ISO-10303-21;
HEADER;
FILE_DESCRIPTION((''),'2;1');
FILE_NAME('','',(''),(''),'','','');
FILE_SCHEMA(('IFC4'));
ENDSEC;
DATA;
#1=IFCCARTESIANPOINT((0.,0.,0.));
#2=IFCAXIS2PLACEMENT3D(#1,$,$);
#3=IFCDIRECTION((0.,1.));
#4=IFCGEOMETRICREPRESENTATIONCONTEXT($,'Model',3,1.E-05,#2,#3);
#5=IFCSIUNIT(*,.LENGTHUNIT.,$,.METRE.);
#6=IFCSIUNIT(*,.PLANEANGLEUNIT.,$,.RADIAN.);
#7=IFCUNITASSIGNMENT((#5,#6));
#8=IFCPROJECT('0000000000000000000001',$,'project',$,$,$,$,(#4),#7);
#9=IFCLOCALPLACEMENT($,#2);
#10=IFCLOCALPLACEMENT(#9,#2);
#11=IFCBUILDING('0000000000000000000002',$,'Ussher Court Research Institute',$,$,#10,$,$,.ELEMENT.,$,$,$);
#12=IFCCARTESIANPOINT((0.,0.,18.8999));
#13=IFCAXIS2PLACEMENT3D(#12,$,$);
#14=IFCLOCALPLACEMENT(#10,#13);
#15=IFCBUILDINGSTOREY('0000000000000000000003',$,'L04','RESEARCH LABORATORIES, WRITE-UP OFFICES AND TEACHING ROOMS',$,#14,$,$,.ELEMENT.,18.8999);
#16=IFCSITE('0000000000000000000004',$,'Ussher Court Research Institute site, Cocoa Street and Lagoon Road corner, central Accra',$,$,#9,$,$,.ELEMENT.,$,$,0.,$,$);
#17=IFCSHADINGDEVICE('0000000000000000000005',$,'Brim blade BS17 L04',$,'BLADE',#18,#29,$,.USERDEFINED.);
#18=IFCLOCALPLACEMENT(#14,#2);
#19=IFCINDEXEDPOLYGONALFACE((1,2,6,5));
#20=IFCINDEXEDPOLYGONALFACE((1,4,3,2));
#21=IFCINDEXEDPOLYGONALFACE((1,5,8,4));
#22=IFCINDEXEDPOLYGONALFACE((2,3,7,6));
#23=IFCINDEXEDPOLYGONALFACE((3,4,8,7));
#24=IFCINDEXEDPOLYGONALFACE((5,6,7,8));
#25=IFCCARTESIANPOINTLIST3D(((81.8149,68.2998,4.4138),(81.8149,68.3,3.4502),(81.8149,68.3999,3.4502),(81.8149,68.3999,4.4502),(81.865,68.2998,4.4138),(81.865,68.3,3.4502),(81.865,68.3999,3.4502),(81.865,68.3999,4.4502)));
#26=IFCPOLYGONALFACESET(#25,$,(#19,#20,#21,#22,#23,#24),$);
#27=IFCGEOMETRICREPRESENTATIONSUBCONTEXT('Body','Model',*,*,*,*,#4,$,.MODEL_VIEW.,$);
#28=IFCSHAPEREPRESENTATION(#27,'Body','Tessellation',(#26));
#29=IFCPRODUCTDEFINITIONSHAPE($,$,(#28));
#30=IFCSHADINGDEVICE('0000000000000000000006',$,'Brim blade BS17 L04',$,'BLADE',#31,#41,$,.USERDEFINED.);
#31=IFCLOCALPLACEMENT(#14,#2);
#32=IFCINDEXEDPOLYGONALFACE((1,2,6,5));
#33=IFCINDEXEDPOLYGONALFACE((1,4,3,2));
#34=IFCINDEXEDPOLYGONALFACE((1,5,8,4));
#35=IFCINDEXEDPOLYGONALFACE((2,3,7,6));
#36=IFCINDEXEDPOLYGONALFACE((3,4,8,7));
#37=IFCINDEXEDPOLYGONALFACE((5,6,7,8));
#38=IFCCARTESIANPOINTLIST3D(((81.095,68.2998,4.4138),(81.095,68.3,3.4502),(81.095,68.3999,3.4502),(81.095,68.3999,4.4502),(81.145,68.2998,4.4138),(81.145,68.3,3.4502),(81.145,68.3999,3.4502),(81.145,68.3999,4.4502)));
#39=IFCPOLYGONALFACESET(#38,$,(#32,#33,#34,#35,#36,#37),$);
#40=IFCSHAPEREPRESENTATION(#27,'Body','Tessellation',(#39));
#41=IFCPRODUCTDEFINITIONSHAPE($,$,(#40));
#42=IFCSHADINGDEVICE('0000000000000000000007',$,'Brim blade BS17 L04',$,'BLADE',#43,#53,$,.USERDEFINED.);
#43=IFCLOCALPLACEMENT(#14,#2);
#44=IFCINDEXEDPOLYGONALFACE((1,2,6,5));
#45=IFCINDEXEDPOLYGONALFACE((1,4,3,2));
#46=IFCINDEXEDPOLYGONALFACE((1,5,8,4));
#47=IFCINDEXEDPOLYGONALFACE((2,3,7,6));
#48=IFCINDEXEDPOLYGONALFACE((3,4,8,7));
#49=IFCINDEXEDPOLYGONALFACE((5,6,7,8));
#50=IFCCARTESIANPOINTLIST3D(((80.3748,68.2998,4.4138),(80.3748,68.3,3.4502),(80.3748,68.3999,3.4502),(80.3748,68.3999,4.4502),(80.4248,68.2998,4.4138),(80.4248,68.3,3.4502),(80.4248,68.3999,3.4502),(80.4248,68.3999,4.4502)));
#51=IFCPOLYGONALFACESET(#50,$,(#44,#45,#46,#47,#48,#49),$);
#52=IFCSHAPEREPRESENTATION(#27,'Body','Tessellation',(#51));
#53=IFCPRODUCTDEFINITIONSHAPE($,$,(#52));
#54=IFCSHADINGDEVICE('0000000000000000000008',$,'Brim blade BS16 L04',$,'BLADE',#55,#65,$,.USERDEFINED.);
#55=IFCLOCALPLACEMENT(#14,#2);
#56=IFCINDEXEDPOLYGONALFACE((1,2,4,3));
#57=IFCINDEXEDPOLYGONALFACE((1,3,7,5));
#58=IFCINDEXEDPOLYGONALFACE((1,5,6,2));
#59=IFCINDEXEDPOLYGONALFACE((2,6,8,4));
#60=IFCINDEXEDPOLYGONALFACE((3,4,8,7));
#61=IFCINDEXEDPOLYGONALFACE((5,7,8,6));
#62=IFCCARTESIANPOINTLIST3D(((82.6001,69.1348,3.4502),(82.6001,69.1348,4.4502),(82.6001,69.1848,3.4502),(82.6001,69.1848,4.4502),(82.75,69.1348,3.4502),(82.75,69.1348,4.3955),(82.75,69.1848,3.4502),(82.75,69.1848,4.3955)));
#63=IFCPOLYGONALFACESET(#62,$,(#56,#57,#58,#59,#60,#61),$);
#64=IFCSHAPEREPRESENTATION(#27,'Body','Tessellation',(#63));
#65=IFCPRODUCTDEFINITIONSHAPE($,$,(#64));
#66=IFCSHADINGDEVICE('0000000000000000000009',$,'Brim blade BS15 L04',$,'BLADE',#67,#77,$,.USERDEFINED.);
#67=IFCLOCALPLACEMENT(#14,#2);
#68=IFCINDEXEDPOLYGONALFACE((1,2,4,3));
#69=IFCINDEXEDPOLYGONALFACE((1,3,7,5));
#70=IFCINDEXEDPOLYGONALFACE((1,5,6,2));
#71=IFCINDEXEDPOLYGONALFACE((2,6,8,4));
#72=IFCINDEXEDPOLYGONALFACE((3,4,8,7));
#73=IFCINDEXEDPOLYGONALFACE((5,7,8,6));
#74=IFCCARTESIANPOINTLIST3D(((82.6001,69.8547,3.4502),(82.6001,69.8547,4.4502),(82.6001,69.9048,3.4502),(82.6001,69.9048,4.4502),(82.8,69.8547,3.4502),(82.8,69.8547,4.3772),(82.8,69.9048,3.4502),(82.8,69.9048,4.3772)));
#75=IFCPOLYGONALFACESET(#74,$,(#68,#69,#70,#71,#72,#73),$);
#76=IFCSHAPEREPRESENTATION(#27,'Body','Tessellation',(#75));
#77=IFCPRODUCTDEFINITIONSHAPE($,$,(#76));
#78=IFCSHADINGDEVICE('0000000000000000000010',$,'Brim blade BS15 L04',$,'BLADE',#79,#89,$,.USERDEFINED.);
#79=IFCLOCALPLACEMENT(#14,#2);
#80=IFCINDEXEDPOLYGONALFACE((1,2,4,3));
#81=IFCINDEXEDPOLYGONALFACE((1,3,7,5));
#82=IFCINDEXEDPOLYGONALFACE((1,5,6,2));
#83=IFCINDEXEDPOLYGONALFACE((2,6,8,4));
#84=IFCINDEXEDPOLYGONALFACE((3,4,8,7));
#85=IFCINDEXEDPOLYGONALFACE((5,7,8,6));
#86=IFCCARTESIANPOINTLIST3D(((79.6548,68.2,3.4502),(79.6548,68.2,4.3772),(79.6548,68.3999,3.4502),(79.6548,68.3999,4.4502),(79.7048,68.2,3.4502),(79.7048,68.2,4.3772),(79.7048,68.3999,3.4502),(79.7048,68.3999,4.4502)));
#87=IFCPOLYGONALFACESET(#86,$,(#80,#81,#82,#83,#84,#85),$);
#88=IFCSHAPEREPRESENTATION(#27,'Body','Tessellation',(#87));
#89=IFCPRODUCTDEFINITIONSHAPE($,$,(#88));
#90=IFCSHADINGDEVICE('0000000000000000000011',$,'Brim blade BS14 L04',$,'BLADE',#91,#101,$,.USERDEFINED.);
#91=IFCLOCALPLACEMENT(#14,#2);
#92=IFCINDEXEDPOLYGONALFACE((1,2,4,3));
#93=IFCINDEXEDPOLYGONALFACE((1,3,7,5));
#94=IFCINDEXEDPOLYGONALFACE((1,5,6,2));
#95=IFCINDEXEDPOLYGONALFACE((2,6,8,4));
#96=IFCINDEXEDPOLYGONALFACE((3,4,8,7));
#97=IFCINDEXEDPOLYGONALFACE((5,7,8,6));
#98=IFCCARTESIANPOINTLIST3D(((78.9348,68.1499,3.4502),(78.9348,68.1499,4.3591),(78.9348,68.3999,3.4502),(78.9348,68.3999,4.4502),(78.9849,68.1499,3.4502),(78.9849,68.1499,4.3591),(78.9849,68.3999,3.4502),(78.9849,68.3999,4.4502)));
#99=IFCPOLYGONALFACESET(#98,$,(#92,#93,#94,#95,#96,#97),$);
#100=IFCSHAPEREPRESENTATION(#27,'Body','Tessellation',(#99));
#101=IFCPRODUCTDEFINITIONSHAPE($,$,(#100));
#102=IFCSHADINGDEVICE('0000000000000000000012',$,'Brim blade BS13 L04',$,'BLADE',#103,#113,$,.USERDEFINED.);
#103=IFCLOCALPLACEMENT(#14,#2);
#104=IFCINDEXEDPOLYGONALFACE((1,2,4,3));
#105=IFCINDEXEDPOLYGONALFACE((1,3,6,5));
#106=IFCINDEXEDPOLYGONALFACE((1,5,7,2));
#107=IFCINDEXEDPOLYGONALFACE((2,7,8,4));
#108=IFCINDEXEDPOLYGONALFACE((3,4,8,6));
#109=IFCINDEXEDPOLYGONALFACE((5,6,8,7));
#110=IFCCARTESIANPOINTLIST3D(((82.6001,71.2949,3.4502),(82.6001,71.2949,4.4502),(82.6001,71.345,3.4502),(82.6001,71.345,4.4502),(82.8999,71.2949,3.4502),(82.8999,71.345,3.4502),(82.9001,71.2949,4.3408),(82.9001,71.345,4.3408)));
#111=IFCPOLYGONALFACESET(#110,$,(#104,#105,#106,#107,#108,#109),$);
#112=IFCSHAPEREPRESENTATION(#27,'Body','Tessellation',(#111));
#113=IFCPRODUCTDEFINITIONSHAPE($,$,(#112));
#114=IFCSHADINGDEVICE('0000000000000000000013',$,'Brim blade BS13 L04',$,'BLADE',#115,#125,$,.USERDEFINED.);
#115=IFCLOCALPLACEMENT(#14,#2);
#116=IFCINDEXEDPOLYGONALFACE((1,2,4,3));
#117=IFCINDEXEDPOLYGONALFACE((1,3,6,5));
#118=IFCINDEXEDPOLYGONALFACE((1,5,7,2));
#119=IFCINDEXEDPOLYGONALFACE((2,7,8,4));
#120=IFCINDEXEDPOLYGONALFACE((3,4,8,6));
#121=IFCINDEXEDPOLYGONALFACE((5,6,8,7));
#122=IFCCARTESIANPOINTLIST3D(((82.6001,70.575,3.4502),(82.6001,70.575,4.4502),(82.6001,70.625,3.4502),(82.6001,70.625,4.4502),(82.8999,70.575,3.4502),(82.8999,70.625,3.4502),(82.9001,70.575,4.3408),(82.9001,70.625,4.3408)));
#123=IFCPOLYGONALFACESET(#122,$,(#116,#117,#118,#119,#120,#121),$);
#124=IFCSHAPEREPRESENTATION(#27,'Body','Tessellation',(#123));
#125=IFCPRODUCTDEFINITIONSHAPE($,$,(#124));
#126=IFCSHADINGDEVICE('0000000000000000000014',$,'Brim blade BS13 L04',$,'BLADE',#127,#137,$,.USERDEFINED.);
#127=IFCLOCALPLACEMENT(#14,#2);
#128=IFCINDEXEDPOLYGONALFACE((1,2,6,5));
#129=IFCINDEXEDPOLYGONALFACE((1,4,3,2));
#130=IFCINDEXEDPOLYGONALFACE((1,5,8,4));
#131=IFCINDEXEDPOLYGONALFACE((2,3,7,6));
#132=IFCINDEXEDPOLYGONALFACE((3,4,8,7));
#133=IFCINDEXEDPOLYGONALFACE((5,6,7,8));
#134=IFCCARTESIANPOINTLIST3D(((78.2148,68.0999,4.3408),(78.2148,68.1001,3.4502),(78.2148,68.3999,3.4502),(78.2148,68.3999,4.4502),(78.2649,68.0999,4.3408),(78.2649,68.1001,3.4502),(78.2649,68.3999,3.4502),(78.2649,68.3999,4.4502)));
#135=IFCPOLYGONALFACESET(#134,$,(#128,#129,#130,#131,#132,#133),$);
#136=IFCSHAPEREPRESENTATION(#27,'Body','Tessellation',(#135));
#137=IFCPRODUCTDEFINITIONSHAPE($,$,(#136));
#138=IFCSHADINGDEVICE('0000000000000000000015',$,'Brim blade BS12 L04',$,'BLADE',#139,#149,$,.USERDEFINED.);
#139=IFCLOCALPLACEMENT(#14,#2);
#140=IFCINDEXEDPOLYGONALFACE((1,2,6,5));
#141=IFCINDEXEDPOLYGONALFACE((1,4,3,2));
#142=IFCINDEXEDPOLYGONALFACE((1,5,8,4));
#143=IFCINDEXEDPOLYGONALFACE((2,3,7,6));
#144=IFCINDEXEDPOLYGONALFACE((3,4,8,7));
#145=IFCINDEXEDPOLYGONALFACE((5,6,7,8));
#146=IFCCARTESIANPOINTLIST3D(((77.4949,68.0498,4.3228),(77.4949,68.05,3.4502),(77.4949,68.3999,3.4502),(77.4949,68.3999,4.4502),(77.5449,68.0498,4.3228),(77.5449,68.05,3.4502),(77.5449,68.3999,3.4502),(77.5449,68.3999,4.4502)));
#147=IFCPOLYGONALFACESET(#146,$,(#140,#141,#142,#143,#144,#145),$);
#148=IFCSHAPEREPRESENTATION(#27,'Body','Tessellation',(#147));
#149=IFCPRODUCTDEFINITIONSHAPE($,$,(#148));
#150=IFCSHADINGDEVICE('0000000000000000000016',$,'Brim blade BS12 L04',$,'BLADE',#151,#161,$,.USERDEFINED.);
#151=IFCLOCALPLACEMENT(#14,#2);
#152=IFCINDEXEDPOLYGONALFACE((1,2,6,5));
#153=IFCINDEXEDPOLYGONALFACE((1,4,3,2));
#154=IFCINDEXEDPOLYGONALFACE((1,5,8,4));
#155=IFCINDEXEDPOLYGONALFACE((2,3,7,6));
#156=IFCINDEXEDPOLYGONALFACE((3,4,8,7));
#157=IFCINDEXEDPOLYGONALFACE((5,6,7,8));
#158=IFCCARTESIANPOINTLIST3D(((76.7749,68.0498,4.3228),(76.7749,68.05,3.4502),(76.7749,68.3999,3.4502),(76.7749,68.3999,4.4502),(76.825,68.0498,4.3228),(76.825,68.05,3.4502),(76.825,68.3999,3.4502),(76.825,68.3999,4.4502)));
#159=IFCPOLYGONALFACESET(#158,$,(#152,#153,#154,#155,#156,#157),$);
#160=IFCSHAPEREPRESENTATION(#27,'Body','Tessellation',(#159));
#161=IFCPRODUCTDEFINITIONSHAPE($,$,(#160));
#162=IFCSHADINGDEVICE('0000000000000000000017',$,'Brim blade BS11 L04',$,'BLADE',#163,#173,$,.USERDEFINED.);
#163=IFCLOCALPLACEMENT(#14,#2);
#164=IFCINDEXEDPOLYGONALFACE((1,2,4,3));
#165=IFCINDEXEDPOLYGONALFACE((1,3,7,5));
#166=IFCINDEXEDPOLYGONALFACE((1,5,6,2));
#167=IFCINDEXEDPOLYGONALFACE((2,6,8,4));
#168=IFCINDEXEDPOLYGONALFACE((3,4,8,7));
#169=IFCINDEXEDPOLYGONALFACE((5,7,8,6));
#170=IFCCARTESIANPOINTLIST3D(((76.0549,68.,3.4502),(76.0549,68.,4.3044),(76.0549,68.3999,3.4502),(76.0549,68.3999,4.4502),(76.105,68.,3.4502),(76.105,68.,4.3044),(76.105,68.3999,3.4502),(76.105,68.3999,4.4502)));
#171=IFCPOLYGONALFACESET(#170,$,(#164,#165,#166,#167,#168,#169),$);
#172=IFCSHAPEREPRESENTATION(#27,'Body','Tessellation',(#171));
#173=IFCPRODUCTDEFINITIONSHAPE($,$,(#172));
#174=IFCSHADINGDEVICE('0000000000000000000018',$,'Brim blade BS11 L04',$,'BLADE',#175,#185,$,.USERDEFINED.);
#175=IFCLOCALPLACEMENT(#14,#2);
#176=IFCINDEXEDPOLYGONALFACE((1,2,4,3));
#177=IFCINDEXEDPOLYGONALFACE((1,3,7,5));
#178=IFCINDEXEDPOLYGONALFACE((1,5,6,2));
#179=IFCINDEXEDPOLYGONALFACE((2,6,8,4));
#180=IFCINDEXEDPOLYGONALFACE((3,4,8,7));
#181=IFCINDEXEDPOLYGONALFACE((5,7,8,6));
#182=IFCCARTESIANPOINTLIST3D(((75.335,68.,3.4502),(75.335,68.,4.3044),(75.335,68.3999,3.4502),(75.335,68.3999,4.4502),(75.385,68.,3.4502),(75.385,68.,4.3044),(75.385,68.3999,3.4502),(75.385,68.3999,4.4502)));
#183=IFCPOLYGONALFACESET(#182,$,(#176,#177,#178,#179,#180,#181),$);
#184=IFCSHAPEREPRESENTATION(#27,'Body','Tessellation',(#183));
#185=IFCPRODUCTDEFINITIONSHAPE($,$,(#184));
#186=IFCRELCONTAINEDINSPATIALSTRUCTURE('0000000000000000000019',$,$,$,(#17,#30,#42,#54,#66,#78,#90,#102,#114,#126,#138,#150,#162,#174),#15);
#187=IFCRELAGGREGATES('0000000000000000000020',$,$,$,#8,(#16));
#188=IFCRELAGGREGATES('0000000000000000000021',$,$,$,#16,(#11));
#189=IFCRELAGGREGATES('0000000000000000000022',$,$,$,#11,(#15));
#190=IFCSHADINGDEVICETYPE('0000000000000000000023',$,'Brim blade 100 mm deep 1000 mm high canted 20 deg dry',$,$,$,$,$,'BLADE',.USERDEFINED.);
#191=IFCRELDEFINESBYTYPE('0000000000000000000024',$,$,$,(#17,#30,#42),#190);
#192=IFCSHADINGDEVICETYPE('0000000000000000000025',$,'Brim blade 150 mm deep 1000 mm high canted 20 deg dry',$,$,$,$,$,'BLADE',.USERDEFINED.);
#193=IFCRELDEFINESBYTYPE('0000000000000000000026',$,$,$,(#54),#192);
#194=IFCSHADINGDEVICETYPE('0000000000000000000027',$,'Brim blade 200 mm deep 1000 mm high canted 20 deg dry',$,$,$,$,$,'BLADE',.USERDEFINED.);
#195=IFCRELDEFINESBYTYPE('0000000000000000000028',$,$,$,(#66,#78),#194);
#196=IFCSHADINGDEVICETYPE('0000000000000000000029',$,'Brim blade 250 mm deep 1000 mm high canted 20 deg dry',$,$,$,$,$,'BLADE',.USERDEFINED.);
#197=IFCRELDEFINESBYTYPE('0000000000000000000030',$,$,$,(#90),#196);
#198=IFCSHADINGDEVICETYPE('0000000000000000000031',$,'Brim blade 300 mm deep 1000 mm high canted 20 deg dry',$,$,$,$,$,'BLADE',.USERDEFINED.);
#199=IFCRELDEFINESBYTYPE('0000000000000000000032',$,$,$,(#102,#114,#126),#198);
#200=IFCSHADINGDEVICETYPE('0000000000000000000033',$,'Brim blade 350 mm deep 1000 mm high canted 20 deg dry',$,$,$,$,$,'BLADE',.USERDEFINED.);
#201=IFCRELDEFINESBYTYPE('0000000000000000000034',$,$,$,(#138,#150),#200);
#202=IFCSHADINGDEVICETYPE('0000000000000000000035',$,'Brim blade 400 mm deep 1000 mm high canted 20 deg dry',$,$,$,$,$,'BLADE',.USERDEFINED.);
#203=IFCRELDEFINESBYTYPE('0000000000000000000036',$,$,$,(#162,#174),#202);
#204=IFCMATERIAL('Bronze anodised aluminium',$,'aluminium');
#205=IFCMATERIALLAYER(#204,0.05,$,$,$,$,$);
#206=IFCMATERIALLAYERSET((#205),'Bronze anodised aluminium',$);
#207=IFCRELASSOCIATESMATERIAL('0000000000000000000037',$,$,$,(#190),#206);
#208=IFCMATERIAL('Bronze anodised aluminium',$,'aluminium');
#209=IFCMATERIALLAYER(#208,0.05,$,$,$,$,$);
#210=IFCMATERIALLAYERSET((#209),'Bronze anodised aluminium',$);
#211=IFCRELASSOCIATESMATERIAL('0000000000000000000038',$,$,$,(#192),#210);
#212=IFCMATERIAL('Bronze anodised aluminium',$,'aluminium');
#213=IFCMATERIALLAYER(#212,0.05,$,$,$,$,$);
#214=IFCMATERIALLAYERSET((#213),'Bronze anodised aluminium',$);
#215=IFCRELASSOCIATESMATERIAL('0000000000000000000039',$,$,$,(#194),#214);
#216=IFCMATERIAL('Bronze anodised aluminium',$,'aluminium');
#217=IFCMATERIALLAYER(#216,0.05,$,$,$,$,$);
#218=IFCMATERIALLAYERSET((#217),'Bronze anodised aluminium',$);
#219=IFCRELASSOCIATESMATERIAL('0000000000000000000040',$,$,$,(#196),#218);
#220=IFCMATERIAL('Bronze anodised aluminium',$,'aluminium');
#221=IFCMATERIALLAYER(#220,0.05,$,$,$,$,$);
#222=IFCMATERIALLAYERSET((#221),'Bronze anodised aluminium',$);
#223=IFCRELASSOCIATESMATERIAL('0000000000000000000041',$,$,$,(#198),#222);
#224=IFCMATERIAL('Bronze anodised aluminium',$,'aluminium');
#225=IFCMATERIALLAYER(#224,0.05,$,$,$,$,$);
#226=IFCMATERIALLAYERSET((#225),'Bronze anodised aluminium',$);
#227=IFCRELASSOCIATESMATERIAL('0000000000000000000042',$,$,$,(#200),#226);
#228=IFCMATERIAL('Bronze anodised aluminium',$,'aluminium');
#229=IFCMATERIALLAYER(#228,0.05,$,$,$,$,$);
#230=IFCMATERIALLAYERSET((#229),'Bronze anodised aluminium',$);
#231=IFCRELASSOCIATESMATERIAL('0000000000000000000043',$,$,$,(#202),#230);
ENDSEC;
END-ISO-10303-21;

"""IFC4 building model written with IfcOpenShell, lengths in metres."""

from ifc_helpers import new_model, si_unit, direction, frame, origin, place, context, subcontext, project, spatial, polyline, outline, extrude, material, layer, layer_set, type_object, element, save


model = new_model("IFC4")

# Units and contexts
model_context = context("Model", 3, precision=1e-05, world=origin(), true_north=direction((0.0, 1.0)))
body_context = subcontext(model_context, "Body", "Model", "MODEL_VIEW")
ifc_project = project(units=[si_unit("LENGTHUNIT", "METRE"), si_unit("PLANEANGLEUNIT", "RADIAN")], contexts=[model_context])

# Site, building, storey
site_placement = place(None, origin())
site = spatial("IfcSite", under=ifc_project, at=site_placement, Name="Ussher Court Research Institute site, Cocoa Street and Lagoon Road corner, central Accra", CompositionType="ELEMENT", RefElevation=0.0)
building_placement = place(site_placement, origin())
building = spatial("IfcBuilding", under=site, at=building_placement, Name="Ussher Court Research Institute", CompositionType="ELEMENT")
storey_placement = place(building_placement, frame((0.0, 0.0, 18.8999)))
storey = spatial("IfcBuildingStorey", under=building, at=storey_placement, Name="L04", Description="RESEARCH LABORATORIES, WRITE-UP OFFICES AND TEACHING ROOMS", CompositionType="ELEMENT", Elevation=18.8999)

# Shading devices
ifc_material_1 = material(Name="Bronze anodised aluminium", Category="aluminium")
ifc_layer_1 = layer(ifc_material_1, 0.05)
ifc_layer_set_1 = layer_set([ifc_layer_1], Name="Bronze anodised aluminium")
shading_device_type_1 = type_object("IfcShadingDeviceType", Name="Brim blade 100 mm deep 1000 mm high canted 20 deg dry", ElementType="BLADE", PredefinedType="USERDEFINED", material=ifc_layer_set_1)
for number, where, z_axis, x_axis, name in (
    (1, (81.8401, 68.3999, 3.4502), (0.0, 0.0, 1.0), (0.0, -1.0, 0.0), "Brim blade BS17 L04"),
    (2, (81.1201, 68.3999, 3.4502), (0.0, 0.0, 1.0), (0.0, -1.0, 0.0), "Brim blade BS17 L04"),
    (3, (80.3999, 68.3999, 3.4502), (0.0, 0.0, 1.0), (0.0, -1.0, 0.0), "Brim blade BS17 L04"),
):
    element("IfcShadingDevice", number, at=place(storey_placement, frame(where, z_axis=z_axis, x_axis=x_axis)), inside=storey, type_object=shading_device_type_1, Name=name, ObjectType="BLADE", PredefinedType="USERDEFINED", context=body_context, shape_type="SweptSolid", body=[
        extrude(outline(polyline([(0.0, 0.0), (0.0999, 0.0), (0.1001, 0.9636), (0.0, 1.0), (0.0, 0.0)])), frame((0.0, 0.0249, 0.0), z_axis=(0.0, -1.0, 0.0), x_axis=(1.0, 0.0, 0.0)), (0.0, 0.0, 1.0), 0.05),
    ])
ifc_material_2 = material(Name="Bronze anodised aluminium", Category="aluminium")
ifc_layer_2 = layer(ifc_material_2, 0.05)
ifc_layer_set_2 = layer_set([ifc_layer_2], Name="Bronze anodised aluminium")
shading_device_type_2 = type_object("IfcShadingDeviceType", Name="Brim blade 150 mm deep 1000 mm high canted 20 deg dry", ElementType="BLADE", PredefinedType="USERDEFINED", material=ifc_layer_set_2)
shading_device_1_placement = place(storey_placement, frame((82.6001, 69.1599, 3.4502), z_axis=(0.0, 0.0, 1.0), x_axis=(1.0, 0.0, 0.0)))
element("IfcShadingDevice", 4, at=shading_device_1_placement, inside=storey, type_object=shading_device_type_2, Name="Brim blade BS16 L04", ObjectType="BLADE", PredefinedType="USERDEFINED", context=body_context, shape_type="SweptSolid", body=[
    extrude(outline(polyline([(0.0, 0.0), (0.1499, 0.0), (0.1499, 0.9453), (0.0, 1.0), (0.0, 0.0)])), frame((0.0, 0.0249, 0.0), z_axis=(0.0, -1.0, 0.0), x_axis=(1.0, 0.0, 0.0)), (0.0, 0.0, 1.0), 0.05),
])
ifc_material_3 = material(Name="Bronze anodised aluminium", Category="aluminium")
ifc_layer_3 = layer(ifc_material_3, 0.05)
ifc_layer_set_3 = layer_set([ifc_layer_3], Name="Bronze anodised aluminium")
shading_device_type_3 = type_object("IfcShadingDeviceType", Name="Brim blade 200 mm deep 1000 mm high canted 20 deg dry", ElementType="BLADE", PredefinedType="USERDEFINED", material=ifc_layer_set_3)
for number, where, z_axis, x_axis, name in (
    (5, (82.6001, 69.8799, 3.4502), (0.0, 0.0, 1.0), (1.0, 0.0, 0.0), "Brim blade BS15 L04"),
    (6, (79.6799, 68.3999, 3.4502), (0.0, 0.0, 1.0), (0.0, -1.0, 0.0), "Brim blade BS15 L04"),
):
    element("IfcShadingDevice", number, at=place(storey_placement, frame(where, z_axis=z_axis, x_axis=x_axis)), inside=storey, type_object=shading_device_type_3, Name=name, ObjectType="BLADE", PredefinedType="USERDEFINED", context=body_context, shape_type="SweptSolid", body=[
        extrude(outline(polyline([(0.0, 0.0), (0.2, 0.0), (0.2, 0.927), (0.0, 1.0), (0.0, 0.0)])), frame((0.0, 0.0249, 0.0), z_axis=(0.0, -1.0, 0.0), x_axis=(1.0, 0.0, 0.0)), (0.0, 0.0, 1.0), 0.05),
    ])
ifc_material_4 = material(Name="Bronze anodised aluminium", Category="aluminium")
ifc_layer_4 = layer(ifc_material_4, 0.05)
ifc_layer_set_4 = layer_set([ifc_layer_4], Name="Bronze anodised aluminium")
shading_device_type_4 = type_object("IfcShadingDeviceType", Name="Brim blade 250 mm deep 1000 mm high canted 20 deg dry", ElementType="BLADE", PredefinedType="USERDEFINED", material=ifc_layer_set_4)
shading_device_2_placement = place(storey_placement, frame((78.96, 68.3999, 3.4502), z_axis=(0.0, 0.0, 1.0), x_axis=(0.0, -1.0, 0.0)))
element("IfcShadingDevice", 7, at=shading_device_2_placement, inside=storey, type_object=shading_device_type_4, Name="Brim blade BS14 L04", ObjectType="BLADE", PredefinedType="USERDEFINED", context=body_context, shape_type="SweptSolid", body=[
    extrude(outline(polyline([(0.0, 0.0), (0.25, 0.0), (0.25, 0.9089), (0.0, 1.0), (0.0, 0.0)])), frame((0.0, 0.0249, 0.0), z_axis=(0.0, -1.0, 0.0), x_axis=(1.0, 0.0, 0.0)), (0.0, 0.0, 1.0), 0.05),
])
ifc_material_5 = material(Name="Bronze anodised aluminium", Category="aluminium")
ifc_layer_5 = layer(ifc_material_5, 0.05)
ifc_layer_set_5 = layer_set([ifc_layer_5], Name="Bronze anodised aluminium")
shading_device_type_5 = type_object("IfcShadingDeviceType", Name="Brim blade 300 mm deep 1000 mm high canted 20 deg dry", ElementType="BLADE", PredefinedType="USERDEFINED", material=ifc_layer_set_5)
for number, where, z_axis, x_axis, name in (
    (8, (82.6001, 71.3201, 3.4502), (0.0, 0.0, 1.0), (1.0, 0.0, 0.0), "Brim blade BS13 L04"),
    (9, (82.6001, 70.6001, 3.4502), (0.0, 0.0, 1.0), (1.0, 0.0, 0.0), "Brim blade BS13 L04"),
    (10, (78.24, 68.3999, 3.4502), (0.0, 0.0, 1.0), (0.0, -1.0, 0.0), "Brim blade BS13 L04"),
):
    element("IfcShadingDevice", number, at=place(storey_placement, frame(where, z_axis=z_axis, x_axis=x_axis)), inside=storey, type_object=shading_device_type_5, Name=name, ObjectType="BLADE", PredefinedType="USERDEFINED", context=body_context, shape_type="SweptSolid", body=[
        extrude(outline(polyline([(0.0, 0.0), (0.2998, 0.0), (0.3, 0.8906), (0.0, 1.0), (0.0, 0.0)])), frame((0.0, 0.0249, 0.0), z_axis=(0.0, -1.0, 0.0), x_axis=(1.0, 0.0, 0.0)), (0.0, 0.0, 1.0), 0.05),
    ])
ifc_material_6 = material(Name="Bronze anodised aluminium", Category="aluminium")
ifc_layer_6 = layer(ifc_material_6, 0.05)
ifc_layer_set_6 = layer_set([ifc_layer_6], Name="Bronze anodised aluminium")
shading_device_type_6 = type_object("IfcShadingDeviceType", Name="Brim blade 350 mm deep 1000 mm high canted 20 deg dry", ElementType="BLADE", PredefinedType="USERDEFINED", material=ifc_layer_set_6)
for number, where, z_axis, x_axis, name in (
    (11, (77.52, 68.3999, 3.4502), (0.0, 0.0, 1.0), (0.0, -1.0, 0.0), "Brim blade BS12 L04"),
    (12, (76.8, 68.3999, 3.4502), (0.0, 0.0, 1.0), (0.0, -1.0, 0.0), "Brim blade BS12 L04"),
):
    element("IfcShadingDevice", number, at=place(storey_placement, frame(where, z_axis=z_axis, x_axis=x_axis)), inside=storey, type_object=shading_device_type_6, Name=name, ObjectType="BLADE", PredefinedType="USERDEFINED", context=body_context, shape_type="SweptSolid", body=[
        extrude(outline(polyline([(0.0, 0.0), (0.3499, 0.0), (0.3501, 0.8726), (0.0, 1.0), (0.0, 0.0)])), frame((0.0, 0.0249, 0.0), z_axis=(0.0, -1.0, 0.0), x_axis=(1.0, 0.0, 0.0)), (0.0, 0.0, 1.0), 0.05),
    ])
ifc_material_7 = material(Name="Bronze anodised aluminium", Category="aluminium")
ifc_layer_7 = layer(ifc_material_7, 0.05)
ifc_layer_set_7 = layer_set([ifc_layer_7], Name="Bronze anodised aluminium")
shading_device_type_7 = type_object("IfcShadingDeviceType", Name="Brim blade 400 mm deep 1000 mm high canted 20 deg dry", ElementType="BLADE", PredefinedType="USERDEFINED", material=ifc_layer_set_7)
for number, where, z_axis, x_axis, name in (
    (13, (76.0801, 68.3999, 3.4502), (0.0, 0.0, 1.0), (0.0, -1.0, 0.0), "Brim blade BS11 L04"),
    (14, (75.3601, 68.3999, 3.4502), (0.0, 0.0, 1.0), (0.0, -1.0, 0.0), "Brim blade BS11 L04"),
):
    element("IfcShadingDevice", number, at=place(storey_placement, frame(where, z_axis=z_axis, x_axis=x_axis)), inside=storey, type_object=shading_device_type_7, Name=name, ObjectType="BLADE", PredefinedType="USERDEFINED", context=body_context, shape_type="SweptSolid", body=[
        extrude(outline(polyline([(0.0, 0.0), (0.3999, 0.0), (0.3999, 0.8542), (0.0, 1.0), (0.0, 0.0)])), frame((0.0, 0.0249, 0.0), z_axis=(0.0, -1.0, 0.0), x_axis=(1.0, 0.0, 0.0)), (0.0, 0.0, 1.0), 0.05),
    ])

save(model, "model.ifc")
